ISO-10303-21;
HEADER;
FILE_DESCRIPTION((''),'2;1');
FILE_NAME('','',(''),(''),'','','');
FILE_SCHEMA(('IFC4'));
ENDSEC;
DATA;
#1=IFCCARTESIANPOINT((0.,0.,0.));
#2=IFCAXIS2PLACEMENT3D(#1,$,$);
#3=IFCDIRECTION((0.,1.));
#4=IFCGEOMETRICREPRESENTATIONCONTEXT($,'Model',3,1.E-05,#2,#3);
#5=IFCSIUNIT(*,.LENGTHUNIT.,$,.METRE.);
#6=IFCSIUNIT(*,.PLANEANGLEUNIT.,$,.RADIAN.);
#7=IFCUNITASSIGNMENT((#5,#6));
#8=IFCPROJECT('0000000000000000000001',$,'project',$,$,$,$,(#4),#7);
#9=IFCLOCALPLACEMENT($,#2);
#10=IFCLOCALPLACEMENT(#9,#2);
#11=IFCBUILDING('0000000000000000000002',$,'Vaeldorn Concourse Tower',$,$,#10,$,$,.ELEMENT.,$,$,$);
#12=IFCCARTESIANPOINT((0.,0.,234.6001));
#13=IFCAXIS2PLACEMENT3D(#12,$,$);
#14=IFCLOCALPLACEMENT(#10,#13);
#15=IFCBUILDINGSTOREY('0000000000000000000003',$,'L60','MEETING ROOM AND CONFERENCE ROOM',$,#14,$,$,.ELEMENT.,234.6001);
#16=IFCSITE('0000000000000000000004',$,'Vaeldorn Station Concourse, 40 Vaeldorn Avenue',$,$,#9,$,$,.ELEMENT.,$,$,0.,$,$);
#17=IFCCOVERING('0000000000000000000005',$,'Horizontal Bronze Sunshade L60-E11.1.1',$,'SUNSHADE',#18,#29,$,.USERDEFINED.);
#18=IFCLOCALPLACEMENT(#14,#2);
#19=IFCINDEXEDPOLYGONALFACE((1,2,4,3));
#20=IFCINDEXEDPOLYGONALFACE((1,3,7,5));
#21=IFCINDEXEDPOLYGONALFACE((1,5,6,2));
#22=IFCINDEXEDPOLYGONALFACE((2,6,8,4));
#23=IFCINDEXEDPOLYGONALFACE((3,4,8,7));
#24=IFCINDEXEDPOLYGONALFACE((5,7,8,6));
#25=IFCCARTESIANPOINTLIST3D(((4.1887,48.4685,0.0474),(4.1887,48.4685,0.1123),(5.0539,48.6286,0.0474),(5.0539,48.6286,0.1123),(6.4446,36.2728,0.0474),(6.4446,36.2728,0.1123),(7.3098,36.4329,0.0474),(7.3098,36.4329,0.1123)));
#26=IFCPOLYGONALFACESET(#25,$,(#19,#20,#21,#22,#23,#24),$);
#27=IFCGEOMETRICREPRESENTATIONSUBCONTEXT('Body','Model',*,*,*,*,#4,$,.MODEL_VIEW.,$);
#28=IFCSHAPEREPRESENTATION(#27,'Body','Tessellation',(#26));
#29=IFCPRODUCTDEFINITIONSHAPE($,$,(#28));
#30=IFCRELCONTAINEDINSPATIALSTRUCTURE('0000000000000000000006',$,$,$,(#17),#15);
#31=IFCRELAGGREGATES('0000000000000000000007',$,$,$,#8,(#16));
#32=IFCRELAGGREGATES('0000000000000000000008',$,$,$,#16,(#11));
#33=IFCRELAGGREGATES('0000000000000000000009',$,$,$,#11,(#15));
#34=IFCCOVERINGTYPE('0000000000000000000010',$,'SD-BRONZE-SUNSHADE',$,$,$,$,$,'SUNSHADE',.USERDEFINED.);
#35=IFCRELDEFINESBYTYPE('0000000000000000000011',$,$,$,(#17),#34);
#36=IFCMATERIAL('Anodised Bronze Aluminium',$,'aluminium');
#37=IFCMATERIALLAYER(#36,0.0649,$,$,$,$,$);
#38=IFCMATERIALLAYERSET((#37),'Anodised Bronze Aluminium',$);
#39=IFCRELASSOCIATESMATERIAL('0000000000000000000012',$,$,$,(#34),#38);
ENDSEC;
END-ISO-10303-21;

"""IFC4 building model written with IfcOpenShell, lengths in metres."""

from ifc_helpers import new_model, si_unit, direction, frame, origin, origin_2d, place, context, subcontext, project, spatial, rectangle, extrude, source, transform, mapped, material, layer, layer_set, type_object, element, save


model = new_model("IFC4")

# Units and contexts
model_context = context("Model", 3, precision=1e-05, world=origin(), true_north=direction((0.0, 1.0)))
body_context = subcontext(model_context, "Body", "Model", "MODEL_VIEW")
ifc_project = project(units=[si_unit("LENGTHUNIT", "METRE"), si_unit("PLANEANGLEUNIT", "RADIAN")], contexts=[model_context])

# Site, building, storey
site_placement = place(None, origin())
site = spatial("IfcSite", under=ifc_project, at=site_placement, Name="Vaeldorn Station Concourse, 40 Vaeldorn Avenue", CompositionType="ELEMENT", RefElevation=0.0)
building_placement = place(site_placement, origin())
building = spatial("IfcBuilding", under=site, at=building_placement, Name="Vaeldorn Concourse Tower", CompositionType="ELEMENT")
storey_placement = place(building_placement, frame((0.0, 0.0, 234.6001)))
storey = spatial("IfcBuildingStorey", under=building, at=storey_placement, Name="L60", Description="MEETING ROOM AND CONFERENCE ROOM", CompositionType="ELEMENT", Elevation=234.6001)

# Shared definitions
ifc_material_1 = material(Name="Anodised Bronze Aluminium", Category="aluminium")

# Covering
ifc_layer_1 = layer(ifc_material_1, 0.0649)
ifc_layer_set_1 = layer_set([ifc_layer_1], Name="Anodised Bronze Aluminium")
covering_type = type_object("IfcCoveringType", Name="SD-BRONZE-SUNSHADE", ElementType="SUNSHADE", PredefinedType="USERDEFINED", material=ifc_layer_set_1)
shared_shape_1 = source(origin(), body_context, "Body", "SweptSolid", [
    extrude(rectangle(XDim=12.4026, YDim=0.8799, at=origin_2d()), origin(), (0.0, 0.0, 1.0), 0.0649),
])
covering_placement = place(storey_placement, frame((5.7493, 42.4507, 0.0474), z_axis=(0.0, 0.0, 1.0), x_axis=(0.181892, -0.983318, 0.0)))
element("IfcCovering", 1, at=covering_placement, inside=storey, type_object=covering_type, Name="Horizontal Bronze Sunshade L60-E11.1.1", ObjectType="SUNSHADE", PredefinedType="USERDEFINED", context=body_context, shape_type="MappedRepresentation", body=[
    mapped(shared_shape_1, transform((0.0, 0.0, 0.0), scale=1.0)),
])

save(model, "model.ifc")
